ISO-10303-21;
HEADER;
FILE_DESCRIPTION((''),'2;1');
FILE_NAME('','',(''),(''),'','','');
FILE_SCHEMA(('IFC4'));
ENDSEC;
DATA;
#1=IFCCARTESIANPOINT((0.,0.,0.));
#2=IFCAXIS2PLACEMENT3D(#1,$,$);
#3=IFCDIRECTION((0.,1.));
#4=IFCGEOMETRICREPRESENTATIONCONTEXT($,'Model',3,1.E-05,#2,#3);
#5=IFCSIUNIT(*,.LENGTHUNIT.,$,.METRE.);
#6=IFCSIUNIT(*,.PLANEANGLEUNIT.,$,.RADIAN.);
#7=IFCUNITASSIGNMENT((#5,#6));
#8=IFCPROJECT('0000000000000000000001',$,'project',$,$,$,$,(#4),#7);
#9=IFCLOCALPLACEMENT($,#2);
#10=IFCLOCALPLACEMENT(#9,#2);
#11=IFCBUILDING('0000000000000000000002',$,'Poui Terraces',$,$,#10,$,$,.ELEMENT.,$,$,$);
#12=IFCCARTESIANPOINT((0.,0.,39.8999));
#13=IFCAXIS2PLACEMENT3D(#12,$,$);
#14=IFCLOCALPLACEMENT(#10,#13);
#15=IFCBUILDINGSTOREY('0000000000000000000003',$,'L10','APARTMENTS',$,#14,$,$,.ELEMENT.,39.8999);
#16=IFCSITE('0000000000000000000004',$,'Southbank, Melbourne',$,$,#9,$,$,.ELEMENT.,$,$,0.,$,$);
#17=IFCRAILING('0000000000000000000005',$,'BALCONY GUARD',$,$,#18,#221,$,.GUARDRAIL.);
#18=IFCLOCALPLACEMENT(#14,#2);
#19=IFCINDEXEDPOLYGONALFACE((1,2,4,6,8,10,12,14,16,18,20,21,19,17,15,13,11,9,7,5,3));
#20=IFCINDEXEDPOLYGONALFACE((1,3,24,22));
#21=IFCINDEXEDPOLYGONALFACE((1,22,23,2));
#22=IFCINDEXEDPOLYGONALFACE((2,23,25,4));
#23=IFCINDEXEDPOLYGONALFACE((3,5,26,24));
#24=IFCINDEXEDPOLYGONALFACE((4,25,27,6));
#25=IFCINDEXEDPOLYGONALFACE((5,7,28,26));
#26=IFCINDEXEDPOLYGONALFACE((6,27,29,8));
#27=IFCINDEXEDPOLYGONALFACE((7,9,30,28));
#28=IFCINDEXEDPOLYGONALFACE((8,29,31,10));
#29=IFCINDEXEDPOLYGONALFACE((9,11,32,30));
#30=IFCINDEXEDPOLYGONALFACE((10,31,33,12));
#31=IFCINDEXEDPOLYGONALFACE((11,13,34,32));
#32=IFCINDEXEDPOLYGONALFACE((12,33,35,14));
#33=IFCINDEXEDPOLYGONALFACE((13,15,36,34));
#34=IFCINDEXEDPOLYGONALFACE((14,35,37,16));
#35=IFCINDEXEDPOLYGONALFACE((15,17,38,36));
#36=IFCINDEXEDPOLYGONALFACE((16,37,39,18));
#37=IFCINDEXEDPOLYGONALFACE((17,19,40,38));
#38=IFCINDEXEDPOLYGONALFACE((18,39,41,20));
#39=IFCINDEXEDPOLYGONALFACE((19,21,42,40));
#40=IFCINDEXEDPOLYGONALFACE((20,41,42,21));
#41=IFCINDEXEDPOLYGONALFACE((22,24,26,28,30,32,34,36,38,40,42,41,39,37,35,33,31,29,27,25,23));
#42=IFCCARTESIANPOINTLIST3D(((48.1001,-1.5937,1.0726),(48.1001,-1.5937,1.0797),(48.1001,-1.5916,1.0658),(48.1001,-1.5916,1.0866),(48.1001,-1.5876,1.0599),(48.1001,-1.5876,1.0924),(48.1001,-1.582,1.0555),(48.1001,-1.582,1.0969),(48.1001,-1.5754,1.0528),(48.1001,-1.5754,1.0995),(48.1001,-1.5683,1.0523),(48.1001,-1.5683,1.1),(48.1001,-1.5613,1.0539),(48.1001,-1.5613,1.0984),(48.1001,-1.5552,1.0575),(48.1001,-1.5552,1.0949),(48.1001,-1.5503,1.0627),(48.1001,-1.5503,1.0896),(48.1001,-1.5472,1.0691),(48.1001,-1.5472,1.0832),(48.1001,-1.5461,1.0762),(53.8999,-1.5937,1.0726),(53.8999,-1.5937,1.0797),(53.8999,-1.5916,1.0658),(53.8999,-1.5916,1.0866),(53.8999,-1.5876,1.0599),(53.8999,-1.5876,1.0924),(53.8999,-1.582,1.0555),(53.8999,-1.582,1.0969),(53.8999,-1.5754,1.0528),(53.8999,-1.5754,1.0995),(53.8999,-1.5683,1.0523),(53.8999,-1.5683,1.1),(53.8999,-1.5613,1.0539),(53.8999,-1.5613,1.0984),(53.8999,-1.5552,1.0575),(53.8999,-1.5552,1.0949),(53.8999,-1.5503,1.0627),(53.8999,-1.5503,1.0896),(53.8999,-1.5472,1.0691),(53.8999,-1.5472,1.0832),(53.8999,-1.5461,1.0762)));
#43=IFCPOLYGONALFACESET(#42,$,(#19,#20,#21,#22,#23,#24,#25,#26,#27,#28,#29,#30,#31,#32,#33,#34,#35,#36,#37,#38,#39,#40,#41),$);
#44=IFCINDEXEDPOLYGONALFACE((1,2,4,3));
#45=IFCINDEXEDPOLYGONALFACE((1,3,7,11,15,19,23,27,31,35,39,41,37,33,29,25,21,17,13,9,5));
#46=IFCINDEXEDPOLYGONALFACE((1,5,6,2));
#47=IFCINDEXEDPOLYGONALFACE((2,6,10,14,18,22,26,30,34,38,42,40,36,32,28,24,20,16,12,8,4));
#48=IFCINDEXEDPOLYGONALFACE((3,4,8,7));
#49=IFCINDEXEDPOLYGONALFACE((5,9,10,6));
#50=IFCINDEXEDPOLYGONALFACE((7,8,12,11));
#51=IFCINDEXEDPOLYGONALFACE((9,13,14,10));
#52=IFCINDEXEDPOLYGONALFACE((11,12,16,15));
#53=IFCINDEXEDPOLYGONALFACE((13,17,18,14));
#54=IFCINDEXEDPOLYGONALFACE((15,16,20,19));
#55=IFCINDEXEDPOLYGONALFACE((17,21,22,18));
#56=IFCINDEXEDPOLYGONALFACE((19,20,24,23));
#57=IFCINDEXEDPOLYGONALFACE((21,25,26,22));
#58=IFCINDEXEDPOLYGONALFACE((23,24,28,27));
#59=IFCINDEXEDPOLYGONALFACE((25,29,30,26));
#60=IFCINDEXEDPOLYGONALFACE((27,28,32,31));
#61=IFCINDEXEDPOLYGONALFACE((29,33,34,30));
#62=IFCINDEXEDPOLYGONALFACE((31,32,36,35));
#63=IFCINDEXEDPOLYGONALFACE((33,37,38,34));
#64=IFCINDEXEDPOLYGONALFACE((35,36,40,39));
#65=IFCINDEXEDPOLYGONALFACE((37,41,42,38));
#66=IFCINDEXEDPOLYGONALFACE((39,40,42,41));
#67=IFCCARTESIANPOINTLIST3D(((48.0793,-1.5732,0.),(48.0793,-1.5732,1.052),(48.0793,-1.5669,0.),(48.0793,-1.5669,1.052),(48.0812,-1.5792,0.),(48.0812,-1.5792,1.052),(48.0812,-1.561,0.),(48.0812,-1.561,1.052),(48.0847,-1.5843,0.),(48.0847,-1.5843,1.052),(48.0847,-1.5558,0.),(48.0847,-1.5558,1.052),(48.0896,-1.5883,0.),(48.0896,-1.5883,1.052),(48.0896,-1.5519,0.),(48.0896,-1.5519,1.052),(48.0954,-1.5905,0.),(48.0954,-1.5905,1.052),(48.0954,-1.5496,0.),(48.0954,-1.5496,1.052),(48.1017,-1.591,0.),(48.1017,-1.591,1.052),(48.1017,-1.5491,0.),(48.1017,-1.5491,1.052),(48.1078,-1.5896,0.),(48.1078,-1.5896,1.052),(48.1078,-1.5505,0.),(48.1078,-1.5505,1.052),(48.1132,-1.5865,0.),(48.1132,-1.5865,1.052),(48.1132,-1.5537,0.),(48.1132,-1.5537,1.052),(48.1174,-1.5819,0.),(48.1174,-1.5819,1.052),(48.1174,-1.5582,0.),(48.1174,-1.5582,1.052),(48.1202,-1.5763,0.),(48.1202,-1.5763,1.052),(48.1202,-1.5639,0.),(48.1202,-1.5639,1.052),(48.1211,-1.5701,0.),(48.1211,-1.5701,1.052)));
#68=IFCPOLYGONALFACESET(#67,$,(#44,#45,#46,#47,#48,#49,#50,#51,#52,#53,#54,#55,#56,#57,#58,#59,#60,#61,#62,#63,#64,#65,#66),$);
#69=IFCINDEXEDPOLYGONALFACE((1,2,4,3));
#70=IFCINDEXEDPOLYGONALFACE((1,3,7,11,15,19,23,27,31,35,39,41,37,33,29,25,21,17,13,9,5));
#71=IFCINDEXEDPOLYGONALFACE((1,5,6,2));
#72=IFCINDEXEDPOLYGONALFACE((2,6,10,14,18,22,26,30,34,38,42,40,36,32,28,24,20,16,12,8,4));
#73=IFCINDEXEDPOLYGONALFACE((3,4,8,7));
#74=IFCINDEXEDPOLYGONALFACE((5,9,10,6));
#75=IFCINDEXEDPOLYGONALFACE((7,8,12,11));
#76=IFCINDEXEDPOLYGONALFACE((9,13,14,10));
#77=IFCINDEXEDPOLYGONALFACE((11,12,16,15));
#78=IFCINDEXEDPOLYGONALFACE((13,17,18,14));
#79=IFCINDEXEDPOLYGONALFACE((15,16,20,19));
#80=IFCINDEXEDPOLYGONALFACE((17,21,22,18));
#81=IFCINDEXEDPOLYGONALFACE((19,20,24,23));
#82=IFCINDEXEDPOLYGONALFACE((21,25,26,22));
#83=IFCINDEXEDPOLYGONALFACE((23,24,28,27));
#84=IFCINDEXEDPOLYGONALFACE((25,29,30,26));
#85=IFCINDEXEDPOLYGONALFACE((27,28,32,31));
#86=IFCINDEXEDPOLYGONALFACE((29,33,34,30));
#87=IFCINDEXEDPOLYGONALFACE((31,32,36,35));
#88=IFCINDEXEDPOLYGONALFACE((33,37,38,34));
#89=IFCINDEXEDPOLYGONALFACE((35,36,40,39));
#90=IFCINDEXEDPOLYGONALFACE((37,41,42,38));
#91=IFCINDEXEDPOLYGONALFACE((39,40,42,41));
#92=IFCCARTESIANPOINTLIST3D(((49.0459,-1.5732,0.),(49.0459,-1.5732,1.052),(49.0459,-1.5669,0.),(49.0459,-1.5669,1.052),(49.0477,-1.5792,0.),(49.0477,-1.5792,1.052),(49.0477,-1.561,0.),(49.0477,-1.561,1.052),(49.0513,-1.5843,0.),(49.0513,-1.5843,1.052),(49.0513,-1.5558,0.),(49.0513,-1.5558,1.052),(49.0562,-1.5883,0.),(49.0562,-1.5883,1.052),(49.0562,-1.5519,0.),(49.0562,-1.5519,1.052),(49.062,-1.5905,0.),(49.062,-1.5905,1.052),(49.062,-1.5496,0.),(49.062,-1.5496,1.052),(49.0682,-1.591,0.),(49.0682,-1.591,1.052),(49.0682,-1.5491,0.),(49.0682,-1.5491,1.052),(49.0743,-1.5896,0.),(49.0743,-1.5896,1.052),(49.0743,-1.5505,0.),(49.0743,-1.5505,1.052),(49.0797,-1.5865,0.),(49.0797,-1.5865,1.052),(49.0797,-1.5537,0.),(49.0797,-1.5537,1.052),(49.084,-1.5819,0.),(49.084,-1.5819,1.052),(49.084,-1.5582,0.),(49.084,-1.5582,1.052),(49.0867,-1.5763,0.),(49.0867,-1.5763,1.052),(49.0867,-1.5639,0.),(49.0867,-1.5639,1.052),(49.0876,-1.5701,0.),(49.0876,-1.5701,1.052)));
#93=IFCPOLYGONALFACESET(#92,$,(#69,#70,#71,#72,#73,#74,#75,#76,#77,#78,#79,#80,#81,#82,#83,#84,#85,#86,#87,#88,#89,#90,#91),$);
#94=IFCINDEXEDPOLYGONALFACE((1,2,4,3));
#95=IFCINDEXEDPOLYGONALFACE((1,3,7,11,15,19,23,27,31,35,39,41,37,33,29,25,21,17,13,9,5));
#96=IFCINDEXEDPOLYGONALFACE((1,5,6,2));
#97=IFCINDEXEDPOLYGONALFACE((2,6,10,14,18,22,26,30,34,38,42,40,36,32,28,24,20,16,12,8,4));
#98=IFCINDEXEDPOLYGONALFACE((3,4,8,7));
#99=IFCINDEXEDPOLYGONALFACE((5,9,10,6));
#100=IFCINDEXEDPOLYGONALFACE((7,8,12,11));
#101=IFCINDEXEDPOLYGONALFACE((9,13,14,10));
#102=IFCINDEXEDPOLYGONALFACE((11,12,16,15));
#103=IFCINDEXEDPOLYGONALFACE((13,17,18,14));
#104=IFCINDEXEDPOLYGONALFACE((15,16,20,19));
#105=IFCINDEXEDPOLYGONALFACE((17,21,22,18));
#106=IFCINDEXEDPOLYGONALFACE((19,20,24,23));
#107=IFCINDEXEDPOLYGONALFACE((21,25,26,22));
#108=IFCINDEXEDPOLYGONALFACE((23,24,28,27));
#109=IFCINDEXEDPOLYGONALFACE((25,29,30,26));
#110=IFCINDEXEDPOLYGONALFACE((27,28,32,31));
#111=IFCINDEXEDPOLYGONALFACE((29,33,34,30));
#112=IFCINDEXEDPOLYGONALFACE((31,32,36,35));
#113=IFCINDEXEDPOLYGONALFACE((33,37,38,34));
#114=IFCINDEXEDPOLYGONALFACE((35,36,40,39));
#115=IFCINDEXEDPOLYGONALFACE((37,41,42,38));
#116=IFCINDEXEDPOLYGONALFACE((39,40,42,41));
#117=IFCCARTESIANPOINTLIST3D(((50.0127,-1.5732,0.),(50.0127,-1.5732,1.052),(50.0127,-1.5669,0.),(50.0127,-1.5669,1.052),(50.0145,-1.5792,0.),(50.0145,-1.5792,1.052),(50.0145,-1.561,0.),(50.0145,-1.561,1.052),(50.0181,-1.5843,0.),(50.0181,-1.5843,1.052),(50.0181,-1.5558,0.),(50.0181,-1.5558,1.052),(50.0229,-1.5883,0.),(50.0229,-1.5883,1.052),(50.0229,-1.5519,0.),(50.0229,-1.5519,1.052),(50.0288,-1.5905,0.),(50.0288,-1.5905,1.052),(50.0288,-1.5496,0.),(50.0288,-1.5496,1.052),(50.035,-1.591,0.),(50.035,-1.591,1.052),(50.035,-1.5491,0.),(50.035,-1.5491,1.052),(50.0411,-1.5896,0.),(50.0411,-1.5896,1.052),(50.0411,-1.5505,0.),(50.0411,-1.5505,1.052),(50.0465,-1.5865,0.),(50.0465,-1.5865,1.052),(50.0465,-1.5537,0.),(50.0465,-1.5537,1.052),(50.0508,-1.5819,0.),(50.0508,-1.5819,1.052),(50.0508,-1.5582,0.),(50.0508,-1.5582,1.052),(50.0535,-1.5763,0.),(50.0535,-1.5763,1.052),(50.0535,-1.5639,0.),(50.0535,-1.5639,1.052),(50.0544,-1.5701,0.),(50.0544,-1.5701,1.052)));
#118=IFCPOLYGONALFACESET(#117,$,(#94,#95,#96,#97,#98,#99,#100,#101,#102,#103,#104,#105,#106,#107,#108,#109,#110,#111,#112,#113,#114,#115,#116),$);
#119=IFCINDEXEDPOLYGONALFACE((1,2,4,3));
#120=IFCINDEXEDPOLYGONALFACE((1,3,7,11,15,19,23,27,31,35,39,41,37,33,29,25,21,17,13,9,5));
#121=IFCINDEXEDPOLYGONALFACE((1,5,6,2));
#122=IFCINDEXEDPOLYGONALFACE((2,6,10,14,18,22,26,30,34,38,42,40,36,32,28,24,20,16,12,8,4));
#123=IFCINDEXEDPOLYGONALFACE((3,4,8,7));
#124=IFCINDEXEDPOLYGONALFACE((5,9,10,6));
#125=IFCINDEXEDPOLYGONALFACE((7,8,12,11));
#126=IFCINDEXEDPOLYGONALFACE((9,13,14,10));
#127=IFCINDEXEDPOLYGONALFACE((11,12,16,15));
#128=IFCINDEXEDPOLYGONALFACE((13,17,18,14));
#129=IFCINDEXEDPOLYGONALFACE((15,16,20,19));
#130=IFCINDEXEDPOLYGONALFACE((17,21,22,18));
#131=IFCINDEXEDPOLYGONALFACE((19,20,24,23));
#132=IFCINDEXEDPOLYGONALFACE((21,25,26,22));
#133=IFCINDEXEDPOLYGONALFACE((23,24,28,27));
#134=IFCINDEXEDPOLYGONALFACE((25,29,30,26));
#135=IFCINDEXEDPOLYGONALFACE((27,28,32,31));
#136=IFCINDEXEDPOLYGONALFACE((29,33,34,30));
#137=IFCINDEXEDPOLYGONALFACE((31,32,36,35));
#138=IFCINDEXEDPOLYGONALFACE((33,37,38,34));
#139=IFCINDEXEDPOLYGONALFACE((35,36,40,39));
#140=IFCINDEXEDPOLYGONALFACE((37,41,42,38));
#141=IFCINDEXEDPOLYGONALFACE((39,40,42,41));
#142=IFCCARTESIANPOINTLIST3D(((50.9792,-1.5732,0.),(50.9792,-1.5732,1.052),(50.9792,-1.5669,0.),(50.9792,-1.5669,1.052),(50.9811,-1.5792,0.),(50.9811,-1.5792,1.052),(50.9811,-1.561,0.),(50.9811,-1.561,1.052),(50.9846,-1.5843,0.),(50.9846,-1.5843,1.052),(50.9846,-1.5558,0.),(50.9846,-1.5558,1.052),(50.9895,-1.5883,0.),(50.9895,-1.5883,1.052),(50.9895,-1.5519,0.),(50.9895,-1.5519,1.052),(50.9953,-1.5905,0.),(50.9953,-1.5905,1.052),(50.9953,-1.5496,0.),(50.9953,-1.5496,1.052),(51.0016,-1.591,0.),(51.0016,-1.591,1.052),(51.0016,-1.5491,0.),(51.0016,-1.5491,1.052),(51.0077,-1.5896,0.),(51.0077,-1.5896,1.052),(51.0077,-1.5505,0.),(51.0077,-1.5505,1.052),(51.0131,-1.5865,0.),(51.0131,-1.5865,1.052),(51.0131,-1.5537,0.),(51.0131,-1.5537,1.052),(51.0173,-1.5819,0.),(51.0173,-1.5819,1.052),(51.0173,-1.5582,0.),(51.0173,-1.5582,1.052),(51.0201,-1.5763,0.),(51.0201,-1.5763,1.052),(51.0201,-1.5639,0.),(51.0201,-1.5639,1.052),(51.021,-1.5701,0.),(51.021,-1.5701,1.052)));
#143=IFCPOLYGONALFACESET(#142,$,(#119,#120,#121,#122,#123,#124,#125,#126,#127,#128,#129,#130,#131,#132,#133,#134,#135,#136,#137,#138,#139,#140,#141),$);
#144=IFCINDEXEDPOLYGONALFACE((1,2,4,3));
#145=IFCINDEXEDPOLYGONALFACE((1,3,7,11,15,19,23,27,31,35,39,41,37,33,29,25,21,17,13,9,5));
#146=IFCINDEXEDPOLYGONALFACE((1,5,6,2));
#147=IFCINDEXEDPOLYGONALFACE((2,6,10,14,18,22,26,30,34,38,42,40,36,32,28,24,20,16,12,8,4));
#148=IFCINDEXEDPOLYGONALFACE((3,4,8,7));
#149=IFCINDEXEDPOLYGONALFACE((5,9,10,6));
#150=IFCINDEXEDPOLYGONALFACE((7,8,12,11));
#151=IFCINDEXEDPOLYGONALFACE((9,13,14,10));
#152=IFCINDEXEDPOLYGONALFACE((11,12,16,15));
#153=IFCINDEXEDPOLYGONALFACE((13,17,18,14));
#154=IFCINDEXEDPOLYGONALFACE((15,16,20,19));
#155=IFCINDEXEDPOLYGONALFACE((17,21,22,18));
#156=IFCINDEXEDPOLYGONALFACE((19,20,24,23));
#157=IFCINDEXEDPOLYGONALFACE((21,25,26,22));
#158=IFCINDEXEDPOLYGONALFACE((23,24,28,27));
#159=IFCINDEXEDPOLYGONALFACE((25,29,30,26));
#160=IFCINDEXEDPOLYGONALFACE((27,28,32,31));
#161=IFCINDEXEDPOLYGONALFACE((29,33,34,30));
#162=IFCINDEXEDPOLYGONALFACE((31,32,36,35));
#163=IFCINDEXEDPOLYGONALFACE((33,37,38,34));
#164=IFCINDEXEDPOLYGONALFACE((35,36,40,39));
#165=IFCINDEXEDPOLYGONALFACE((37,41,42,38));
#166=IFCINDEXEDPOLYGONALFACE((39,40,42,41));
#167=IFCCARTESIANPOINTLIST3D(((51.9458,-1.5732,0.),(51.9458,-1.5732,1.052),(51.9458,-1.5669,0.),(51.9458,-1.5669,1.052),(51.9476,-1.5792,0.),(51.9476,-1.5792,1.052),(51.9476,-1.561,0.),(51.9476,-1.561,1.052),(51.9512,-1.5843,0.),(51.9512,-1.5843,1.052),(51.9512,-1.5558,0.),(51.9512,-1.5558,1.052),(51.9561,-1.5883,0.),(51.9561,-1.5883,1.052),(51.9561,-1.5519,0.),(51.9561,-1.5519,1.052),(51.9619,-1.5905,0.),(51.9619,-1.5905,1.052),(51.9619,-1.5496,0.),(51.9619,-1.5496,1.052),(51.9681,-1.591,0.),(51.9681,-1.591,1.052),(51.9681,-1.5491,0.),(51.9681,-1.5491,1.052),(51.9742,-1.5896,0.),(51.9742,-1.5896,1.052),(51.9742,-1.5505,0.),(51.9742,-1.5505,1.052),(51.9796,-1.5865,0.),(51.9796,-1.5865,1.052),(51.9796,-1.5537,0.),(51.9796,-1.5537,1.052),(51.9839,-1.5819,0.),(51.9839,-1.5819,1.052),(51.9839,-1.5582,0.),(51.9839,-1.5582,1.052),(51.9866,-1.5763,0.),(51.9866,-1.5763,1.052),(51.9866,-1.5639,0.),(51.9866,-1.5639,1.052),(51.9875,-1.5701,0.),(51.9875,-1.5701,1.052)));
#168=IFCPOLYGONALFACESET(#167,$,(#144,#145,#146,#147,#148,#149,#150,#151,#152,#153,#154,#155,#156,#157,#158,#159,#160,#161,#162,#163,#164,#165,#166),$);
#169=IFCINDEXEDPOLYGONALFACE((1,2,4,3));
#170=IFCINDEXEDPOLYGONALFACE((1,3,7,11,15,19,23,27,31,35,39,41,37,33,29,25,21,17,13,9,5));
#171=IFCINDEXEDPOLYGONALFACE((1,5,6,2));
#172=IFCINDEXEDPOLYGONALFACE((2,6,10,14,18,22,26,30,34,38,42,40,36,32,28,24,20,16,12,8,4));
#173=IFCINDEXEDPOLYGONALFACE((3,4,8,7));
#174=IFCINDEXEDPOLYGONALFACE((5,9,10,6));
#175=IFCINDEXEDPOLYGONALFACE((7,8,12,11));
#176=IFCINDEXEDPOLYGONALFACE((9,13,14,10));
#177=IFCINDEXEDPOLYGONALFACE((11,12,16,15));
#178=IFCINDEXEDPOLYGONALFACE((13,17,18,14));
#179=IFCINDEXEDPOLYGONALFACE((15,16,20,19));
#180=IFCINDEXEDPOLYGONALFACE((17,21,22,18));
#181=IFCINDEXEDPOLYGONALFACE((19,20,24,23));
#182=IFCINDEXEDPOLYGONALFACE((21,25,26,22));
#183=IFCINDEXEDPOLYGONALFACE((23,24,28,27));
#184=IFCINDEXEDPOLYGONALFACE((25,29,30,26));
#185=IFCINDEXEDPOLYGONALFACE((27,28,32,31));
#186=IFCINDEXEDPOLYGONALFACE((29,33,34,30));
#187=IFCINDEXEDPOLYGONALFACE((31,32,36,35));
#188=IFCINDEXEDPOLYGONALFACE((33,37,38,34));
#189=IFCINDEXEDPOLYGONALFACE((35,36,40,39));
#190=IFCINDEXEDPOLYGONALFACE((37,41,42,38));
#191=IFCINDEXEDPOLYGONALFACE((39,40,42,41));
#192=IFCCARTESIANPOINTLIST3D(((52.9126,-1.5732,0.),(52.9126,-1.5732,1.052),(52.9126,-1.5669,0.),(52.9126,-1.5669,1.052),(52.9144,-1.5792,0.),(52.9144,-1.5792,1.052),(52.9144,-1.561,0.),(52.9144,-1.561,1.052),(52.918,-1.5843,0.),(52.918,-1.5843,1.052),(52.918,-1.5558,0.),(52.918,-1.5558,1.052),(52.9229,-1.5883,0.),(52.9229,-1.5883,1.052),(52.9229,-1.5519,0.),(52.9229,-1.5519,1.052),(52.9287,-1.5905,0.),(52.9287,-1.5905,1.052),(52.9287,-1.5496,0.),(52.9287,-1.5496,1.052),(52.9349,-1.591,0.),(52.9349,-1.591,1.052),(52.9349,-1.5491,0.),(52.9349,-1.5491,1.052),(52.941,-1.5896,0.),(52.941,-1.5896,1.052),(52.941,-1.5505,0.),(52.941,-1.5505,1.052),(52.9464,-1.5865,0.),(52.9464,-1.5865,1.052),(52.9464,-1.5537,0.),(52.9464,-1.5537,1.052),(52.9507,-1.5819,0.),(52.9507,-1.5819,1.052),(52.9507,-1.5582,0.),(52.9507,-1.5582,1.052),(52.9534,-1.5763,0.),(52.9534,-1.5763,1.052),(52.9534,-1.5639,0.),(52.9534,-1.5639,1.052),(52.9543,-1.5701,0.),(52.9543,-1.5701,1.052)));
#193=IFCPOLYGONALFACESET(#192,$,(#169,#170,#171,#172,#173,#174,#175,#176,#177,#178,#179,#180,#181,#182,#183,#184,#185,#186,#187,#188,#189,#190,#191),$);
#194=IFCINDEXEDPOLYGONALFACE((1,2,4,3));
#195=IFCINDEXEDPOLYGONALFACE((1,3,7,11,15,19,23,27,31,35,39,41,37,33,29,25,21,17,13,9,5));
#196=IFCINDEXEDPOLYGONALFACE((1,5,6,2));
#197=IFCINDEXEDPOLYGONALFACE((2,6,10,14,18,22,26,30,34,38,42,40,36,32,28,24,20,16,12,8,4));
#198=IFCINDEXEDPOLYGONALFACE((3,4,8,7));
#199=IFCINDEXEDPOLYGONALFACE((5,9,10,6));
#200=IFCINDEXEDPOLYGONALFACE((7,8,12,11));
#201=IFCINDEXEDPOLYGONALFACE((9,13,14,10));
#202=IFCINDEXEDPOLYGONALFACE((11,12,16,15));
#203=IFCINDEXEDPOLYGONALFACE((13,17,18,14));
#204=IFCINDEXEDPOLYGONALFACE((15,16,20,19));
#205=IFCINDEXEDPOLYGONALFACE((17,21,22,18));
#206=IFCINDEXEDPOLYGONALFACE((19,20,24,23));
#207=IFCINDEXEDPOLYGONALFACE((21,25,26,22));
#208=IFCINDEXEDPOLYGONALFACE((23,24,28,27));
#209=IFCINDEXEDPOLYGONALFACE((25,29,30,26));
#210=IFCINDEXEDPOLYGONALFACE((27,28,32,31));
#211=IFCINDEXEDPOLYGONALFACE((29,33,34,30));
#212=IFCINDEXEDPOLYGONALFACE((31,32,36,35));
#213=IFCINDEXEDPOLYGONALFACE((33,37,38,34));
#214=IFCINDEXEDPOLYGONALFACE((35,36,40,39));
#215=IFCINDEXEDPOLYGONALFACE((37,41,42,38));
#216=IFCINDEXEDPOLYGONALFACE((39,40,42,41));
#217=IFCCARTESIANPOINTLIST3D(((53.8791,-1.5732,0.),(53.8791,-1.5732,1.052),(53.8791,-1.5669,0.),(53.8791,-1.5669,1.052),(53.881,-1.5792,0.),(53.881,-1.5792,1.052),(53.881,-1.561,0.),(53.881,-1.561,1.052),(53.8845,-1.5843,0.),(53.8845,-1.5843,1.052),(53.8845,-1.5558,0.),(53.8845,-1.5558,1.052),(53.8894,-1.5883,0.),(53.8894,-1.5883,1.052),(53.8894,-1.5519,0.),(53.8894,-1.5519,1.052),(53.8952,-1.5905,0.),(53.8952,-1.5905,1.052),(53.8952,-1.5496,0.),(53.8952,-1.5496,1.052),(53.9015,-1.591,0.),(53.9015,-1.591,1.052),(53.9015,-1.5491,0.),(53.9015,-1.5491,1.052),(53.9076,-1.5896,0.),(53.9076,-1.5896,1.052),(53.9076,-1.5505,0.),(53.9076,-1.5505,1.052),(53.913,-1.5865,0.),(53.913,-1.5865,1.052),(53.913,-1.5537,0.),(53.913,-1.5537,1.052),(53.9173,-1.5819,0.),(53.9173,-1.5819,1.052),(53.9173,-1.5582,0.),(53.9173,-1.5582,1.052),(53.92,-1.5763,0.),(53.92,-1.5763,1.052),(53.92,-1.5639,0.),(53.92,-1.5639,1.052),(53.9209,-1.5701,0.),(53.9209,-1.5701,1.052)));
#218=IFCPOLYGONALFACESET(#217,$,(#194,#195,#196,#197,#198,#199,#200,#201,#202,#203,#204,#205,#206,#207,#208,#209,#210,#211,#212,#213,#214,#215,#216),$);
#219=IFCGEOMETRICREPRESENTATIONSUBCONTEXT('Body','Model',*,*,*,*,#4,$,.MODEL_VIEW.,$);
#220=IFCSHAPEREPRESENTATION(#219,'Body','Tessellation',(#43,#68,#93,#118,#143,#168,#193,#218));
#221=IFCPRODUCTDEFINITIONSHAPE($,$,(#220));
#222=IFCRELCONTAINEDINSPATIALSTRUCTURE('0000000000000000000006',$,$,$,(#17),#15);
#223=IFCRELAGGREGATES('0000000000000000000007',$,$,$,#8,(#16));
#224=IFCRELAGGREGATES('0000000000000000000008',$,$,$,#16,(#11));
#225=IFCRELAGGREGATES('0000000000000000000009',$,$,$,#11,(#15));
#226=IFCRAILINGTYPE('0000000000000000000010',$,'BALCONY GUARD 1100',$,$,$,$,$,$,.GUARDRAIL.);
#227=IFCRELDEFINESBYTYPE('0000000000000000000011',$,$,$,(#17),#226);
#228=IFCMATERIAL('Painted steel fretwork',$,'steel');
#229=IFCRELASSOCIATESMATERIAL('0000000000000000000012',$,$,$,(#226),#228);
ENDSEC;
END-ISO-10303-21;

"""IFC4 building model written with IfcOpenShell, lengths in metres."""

from ifc_helpers import new_model, si_unit, direction, frame, origin, origin_2d, place, context, subcontext, project, spatial, circle, extrude, material, type_object, element, save


model = new_model("IFC4")

# Units and contexts
model_context = context("Model", 3, precision=1e-05, world=origin(), true_north=direction((0.0, 1.0)))
body_context = subcontext(model_context, "Body", "Model", "MODEL_VIEW")
ifc_project = project(units=[si_unit("LENGTHUNIT", "METRE"), si_unit("PLANEANGLEUNIT", "RADIAN")], contexts=[model_context])

# Site, building, storey
site_placement = place(None, origin())
site = spatial("IfcSite", under=ifc_project, at=site_placement, Name="Southbank, Melbourne", CompositionType="ELEMENT", RefElevation=0.0)
building_placement = place(site_placement, origin())
building = spatial("IfcBuilding", under=site, at=building_placement, Name="Poui Terraces", CompositionType="ELEMENT")
storey_placement = place(building_placement, frame((0.0, 0.0, 39.8999)))
storey = spatial("IfcBuildingStorey", under=building, at=storey_placement, Name="L10", Description="APARTMENTS", CompositionType="ELEMENT", Elevation=39.8999)

# Railing
ifc_material_1 = material(Name="Painted steel fretwork", Category="steel")
railing_type = type_object("IfcRailingType", Name="BALCONY GUARD 1100", PredefinedType="GUARDRAIL", material=ifc_material_1)
railing_placement = place(storey_placement, frame((48.1001, -1.5701, 0.0)))
element("IfcRailing", 1, at=railing_placement, inside=storey, type_object=railing_type, Name="BALCONY GUARD", PredefinedType="GUARDRAIL", context=body_context, shape_type="SweptSolid", body=[
    extrude(circle(Radius=0.0239, at=origin_2d()), frame((0.0, 0.0, 1.0762), z_axis=(1.0, 0.0, 0.0), x_axis=(0.0, 1.0, 0.0)), (0.0, 0.0, 1.0), 5.7998),
    extrude(circle(Radius=0.021, at=origin_2d()), origin(), (0.0, 0.0, 1.0), 1.052),
    extrude(circle(Radius=0.021, at=origin_2d()), frame((0.9666, 0.0, 0.0)), (0.0, 0.0, 1.0), 1.052),
    extrude(circle(Radius=0.021, at=origin_2d()), frame((1.9333, 0.0, 0.0)), (0.0, 0.0, 1.0), 1.052),
    extrude(circle(Radius=0.021, at=origin_2d()), frame((2.8999, 0.0, 0.0)), (0.0, 0.0, 1.0), 1.052),
    extrude(circle(Radius=0.021, at=origin_2d()), frame((3.8665, 0.0, 0.0)), (0.0, 0.0, 1.0), 1.052),
    extrude(circle(Radius=0.021, at=origin_2d()), frame((4.8333, 0.0, 0.0)), (0.0, 0.0, 1.0), 1.052),
    extrude(circle(Radius=0.021, at=origin_2d()), frame((5.7998, 0.0, 0.0)), (0.0, 0.0, 1.0), 1.052),
])

save(model, "model.ifc")
